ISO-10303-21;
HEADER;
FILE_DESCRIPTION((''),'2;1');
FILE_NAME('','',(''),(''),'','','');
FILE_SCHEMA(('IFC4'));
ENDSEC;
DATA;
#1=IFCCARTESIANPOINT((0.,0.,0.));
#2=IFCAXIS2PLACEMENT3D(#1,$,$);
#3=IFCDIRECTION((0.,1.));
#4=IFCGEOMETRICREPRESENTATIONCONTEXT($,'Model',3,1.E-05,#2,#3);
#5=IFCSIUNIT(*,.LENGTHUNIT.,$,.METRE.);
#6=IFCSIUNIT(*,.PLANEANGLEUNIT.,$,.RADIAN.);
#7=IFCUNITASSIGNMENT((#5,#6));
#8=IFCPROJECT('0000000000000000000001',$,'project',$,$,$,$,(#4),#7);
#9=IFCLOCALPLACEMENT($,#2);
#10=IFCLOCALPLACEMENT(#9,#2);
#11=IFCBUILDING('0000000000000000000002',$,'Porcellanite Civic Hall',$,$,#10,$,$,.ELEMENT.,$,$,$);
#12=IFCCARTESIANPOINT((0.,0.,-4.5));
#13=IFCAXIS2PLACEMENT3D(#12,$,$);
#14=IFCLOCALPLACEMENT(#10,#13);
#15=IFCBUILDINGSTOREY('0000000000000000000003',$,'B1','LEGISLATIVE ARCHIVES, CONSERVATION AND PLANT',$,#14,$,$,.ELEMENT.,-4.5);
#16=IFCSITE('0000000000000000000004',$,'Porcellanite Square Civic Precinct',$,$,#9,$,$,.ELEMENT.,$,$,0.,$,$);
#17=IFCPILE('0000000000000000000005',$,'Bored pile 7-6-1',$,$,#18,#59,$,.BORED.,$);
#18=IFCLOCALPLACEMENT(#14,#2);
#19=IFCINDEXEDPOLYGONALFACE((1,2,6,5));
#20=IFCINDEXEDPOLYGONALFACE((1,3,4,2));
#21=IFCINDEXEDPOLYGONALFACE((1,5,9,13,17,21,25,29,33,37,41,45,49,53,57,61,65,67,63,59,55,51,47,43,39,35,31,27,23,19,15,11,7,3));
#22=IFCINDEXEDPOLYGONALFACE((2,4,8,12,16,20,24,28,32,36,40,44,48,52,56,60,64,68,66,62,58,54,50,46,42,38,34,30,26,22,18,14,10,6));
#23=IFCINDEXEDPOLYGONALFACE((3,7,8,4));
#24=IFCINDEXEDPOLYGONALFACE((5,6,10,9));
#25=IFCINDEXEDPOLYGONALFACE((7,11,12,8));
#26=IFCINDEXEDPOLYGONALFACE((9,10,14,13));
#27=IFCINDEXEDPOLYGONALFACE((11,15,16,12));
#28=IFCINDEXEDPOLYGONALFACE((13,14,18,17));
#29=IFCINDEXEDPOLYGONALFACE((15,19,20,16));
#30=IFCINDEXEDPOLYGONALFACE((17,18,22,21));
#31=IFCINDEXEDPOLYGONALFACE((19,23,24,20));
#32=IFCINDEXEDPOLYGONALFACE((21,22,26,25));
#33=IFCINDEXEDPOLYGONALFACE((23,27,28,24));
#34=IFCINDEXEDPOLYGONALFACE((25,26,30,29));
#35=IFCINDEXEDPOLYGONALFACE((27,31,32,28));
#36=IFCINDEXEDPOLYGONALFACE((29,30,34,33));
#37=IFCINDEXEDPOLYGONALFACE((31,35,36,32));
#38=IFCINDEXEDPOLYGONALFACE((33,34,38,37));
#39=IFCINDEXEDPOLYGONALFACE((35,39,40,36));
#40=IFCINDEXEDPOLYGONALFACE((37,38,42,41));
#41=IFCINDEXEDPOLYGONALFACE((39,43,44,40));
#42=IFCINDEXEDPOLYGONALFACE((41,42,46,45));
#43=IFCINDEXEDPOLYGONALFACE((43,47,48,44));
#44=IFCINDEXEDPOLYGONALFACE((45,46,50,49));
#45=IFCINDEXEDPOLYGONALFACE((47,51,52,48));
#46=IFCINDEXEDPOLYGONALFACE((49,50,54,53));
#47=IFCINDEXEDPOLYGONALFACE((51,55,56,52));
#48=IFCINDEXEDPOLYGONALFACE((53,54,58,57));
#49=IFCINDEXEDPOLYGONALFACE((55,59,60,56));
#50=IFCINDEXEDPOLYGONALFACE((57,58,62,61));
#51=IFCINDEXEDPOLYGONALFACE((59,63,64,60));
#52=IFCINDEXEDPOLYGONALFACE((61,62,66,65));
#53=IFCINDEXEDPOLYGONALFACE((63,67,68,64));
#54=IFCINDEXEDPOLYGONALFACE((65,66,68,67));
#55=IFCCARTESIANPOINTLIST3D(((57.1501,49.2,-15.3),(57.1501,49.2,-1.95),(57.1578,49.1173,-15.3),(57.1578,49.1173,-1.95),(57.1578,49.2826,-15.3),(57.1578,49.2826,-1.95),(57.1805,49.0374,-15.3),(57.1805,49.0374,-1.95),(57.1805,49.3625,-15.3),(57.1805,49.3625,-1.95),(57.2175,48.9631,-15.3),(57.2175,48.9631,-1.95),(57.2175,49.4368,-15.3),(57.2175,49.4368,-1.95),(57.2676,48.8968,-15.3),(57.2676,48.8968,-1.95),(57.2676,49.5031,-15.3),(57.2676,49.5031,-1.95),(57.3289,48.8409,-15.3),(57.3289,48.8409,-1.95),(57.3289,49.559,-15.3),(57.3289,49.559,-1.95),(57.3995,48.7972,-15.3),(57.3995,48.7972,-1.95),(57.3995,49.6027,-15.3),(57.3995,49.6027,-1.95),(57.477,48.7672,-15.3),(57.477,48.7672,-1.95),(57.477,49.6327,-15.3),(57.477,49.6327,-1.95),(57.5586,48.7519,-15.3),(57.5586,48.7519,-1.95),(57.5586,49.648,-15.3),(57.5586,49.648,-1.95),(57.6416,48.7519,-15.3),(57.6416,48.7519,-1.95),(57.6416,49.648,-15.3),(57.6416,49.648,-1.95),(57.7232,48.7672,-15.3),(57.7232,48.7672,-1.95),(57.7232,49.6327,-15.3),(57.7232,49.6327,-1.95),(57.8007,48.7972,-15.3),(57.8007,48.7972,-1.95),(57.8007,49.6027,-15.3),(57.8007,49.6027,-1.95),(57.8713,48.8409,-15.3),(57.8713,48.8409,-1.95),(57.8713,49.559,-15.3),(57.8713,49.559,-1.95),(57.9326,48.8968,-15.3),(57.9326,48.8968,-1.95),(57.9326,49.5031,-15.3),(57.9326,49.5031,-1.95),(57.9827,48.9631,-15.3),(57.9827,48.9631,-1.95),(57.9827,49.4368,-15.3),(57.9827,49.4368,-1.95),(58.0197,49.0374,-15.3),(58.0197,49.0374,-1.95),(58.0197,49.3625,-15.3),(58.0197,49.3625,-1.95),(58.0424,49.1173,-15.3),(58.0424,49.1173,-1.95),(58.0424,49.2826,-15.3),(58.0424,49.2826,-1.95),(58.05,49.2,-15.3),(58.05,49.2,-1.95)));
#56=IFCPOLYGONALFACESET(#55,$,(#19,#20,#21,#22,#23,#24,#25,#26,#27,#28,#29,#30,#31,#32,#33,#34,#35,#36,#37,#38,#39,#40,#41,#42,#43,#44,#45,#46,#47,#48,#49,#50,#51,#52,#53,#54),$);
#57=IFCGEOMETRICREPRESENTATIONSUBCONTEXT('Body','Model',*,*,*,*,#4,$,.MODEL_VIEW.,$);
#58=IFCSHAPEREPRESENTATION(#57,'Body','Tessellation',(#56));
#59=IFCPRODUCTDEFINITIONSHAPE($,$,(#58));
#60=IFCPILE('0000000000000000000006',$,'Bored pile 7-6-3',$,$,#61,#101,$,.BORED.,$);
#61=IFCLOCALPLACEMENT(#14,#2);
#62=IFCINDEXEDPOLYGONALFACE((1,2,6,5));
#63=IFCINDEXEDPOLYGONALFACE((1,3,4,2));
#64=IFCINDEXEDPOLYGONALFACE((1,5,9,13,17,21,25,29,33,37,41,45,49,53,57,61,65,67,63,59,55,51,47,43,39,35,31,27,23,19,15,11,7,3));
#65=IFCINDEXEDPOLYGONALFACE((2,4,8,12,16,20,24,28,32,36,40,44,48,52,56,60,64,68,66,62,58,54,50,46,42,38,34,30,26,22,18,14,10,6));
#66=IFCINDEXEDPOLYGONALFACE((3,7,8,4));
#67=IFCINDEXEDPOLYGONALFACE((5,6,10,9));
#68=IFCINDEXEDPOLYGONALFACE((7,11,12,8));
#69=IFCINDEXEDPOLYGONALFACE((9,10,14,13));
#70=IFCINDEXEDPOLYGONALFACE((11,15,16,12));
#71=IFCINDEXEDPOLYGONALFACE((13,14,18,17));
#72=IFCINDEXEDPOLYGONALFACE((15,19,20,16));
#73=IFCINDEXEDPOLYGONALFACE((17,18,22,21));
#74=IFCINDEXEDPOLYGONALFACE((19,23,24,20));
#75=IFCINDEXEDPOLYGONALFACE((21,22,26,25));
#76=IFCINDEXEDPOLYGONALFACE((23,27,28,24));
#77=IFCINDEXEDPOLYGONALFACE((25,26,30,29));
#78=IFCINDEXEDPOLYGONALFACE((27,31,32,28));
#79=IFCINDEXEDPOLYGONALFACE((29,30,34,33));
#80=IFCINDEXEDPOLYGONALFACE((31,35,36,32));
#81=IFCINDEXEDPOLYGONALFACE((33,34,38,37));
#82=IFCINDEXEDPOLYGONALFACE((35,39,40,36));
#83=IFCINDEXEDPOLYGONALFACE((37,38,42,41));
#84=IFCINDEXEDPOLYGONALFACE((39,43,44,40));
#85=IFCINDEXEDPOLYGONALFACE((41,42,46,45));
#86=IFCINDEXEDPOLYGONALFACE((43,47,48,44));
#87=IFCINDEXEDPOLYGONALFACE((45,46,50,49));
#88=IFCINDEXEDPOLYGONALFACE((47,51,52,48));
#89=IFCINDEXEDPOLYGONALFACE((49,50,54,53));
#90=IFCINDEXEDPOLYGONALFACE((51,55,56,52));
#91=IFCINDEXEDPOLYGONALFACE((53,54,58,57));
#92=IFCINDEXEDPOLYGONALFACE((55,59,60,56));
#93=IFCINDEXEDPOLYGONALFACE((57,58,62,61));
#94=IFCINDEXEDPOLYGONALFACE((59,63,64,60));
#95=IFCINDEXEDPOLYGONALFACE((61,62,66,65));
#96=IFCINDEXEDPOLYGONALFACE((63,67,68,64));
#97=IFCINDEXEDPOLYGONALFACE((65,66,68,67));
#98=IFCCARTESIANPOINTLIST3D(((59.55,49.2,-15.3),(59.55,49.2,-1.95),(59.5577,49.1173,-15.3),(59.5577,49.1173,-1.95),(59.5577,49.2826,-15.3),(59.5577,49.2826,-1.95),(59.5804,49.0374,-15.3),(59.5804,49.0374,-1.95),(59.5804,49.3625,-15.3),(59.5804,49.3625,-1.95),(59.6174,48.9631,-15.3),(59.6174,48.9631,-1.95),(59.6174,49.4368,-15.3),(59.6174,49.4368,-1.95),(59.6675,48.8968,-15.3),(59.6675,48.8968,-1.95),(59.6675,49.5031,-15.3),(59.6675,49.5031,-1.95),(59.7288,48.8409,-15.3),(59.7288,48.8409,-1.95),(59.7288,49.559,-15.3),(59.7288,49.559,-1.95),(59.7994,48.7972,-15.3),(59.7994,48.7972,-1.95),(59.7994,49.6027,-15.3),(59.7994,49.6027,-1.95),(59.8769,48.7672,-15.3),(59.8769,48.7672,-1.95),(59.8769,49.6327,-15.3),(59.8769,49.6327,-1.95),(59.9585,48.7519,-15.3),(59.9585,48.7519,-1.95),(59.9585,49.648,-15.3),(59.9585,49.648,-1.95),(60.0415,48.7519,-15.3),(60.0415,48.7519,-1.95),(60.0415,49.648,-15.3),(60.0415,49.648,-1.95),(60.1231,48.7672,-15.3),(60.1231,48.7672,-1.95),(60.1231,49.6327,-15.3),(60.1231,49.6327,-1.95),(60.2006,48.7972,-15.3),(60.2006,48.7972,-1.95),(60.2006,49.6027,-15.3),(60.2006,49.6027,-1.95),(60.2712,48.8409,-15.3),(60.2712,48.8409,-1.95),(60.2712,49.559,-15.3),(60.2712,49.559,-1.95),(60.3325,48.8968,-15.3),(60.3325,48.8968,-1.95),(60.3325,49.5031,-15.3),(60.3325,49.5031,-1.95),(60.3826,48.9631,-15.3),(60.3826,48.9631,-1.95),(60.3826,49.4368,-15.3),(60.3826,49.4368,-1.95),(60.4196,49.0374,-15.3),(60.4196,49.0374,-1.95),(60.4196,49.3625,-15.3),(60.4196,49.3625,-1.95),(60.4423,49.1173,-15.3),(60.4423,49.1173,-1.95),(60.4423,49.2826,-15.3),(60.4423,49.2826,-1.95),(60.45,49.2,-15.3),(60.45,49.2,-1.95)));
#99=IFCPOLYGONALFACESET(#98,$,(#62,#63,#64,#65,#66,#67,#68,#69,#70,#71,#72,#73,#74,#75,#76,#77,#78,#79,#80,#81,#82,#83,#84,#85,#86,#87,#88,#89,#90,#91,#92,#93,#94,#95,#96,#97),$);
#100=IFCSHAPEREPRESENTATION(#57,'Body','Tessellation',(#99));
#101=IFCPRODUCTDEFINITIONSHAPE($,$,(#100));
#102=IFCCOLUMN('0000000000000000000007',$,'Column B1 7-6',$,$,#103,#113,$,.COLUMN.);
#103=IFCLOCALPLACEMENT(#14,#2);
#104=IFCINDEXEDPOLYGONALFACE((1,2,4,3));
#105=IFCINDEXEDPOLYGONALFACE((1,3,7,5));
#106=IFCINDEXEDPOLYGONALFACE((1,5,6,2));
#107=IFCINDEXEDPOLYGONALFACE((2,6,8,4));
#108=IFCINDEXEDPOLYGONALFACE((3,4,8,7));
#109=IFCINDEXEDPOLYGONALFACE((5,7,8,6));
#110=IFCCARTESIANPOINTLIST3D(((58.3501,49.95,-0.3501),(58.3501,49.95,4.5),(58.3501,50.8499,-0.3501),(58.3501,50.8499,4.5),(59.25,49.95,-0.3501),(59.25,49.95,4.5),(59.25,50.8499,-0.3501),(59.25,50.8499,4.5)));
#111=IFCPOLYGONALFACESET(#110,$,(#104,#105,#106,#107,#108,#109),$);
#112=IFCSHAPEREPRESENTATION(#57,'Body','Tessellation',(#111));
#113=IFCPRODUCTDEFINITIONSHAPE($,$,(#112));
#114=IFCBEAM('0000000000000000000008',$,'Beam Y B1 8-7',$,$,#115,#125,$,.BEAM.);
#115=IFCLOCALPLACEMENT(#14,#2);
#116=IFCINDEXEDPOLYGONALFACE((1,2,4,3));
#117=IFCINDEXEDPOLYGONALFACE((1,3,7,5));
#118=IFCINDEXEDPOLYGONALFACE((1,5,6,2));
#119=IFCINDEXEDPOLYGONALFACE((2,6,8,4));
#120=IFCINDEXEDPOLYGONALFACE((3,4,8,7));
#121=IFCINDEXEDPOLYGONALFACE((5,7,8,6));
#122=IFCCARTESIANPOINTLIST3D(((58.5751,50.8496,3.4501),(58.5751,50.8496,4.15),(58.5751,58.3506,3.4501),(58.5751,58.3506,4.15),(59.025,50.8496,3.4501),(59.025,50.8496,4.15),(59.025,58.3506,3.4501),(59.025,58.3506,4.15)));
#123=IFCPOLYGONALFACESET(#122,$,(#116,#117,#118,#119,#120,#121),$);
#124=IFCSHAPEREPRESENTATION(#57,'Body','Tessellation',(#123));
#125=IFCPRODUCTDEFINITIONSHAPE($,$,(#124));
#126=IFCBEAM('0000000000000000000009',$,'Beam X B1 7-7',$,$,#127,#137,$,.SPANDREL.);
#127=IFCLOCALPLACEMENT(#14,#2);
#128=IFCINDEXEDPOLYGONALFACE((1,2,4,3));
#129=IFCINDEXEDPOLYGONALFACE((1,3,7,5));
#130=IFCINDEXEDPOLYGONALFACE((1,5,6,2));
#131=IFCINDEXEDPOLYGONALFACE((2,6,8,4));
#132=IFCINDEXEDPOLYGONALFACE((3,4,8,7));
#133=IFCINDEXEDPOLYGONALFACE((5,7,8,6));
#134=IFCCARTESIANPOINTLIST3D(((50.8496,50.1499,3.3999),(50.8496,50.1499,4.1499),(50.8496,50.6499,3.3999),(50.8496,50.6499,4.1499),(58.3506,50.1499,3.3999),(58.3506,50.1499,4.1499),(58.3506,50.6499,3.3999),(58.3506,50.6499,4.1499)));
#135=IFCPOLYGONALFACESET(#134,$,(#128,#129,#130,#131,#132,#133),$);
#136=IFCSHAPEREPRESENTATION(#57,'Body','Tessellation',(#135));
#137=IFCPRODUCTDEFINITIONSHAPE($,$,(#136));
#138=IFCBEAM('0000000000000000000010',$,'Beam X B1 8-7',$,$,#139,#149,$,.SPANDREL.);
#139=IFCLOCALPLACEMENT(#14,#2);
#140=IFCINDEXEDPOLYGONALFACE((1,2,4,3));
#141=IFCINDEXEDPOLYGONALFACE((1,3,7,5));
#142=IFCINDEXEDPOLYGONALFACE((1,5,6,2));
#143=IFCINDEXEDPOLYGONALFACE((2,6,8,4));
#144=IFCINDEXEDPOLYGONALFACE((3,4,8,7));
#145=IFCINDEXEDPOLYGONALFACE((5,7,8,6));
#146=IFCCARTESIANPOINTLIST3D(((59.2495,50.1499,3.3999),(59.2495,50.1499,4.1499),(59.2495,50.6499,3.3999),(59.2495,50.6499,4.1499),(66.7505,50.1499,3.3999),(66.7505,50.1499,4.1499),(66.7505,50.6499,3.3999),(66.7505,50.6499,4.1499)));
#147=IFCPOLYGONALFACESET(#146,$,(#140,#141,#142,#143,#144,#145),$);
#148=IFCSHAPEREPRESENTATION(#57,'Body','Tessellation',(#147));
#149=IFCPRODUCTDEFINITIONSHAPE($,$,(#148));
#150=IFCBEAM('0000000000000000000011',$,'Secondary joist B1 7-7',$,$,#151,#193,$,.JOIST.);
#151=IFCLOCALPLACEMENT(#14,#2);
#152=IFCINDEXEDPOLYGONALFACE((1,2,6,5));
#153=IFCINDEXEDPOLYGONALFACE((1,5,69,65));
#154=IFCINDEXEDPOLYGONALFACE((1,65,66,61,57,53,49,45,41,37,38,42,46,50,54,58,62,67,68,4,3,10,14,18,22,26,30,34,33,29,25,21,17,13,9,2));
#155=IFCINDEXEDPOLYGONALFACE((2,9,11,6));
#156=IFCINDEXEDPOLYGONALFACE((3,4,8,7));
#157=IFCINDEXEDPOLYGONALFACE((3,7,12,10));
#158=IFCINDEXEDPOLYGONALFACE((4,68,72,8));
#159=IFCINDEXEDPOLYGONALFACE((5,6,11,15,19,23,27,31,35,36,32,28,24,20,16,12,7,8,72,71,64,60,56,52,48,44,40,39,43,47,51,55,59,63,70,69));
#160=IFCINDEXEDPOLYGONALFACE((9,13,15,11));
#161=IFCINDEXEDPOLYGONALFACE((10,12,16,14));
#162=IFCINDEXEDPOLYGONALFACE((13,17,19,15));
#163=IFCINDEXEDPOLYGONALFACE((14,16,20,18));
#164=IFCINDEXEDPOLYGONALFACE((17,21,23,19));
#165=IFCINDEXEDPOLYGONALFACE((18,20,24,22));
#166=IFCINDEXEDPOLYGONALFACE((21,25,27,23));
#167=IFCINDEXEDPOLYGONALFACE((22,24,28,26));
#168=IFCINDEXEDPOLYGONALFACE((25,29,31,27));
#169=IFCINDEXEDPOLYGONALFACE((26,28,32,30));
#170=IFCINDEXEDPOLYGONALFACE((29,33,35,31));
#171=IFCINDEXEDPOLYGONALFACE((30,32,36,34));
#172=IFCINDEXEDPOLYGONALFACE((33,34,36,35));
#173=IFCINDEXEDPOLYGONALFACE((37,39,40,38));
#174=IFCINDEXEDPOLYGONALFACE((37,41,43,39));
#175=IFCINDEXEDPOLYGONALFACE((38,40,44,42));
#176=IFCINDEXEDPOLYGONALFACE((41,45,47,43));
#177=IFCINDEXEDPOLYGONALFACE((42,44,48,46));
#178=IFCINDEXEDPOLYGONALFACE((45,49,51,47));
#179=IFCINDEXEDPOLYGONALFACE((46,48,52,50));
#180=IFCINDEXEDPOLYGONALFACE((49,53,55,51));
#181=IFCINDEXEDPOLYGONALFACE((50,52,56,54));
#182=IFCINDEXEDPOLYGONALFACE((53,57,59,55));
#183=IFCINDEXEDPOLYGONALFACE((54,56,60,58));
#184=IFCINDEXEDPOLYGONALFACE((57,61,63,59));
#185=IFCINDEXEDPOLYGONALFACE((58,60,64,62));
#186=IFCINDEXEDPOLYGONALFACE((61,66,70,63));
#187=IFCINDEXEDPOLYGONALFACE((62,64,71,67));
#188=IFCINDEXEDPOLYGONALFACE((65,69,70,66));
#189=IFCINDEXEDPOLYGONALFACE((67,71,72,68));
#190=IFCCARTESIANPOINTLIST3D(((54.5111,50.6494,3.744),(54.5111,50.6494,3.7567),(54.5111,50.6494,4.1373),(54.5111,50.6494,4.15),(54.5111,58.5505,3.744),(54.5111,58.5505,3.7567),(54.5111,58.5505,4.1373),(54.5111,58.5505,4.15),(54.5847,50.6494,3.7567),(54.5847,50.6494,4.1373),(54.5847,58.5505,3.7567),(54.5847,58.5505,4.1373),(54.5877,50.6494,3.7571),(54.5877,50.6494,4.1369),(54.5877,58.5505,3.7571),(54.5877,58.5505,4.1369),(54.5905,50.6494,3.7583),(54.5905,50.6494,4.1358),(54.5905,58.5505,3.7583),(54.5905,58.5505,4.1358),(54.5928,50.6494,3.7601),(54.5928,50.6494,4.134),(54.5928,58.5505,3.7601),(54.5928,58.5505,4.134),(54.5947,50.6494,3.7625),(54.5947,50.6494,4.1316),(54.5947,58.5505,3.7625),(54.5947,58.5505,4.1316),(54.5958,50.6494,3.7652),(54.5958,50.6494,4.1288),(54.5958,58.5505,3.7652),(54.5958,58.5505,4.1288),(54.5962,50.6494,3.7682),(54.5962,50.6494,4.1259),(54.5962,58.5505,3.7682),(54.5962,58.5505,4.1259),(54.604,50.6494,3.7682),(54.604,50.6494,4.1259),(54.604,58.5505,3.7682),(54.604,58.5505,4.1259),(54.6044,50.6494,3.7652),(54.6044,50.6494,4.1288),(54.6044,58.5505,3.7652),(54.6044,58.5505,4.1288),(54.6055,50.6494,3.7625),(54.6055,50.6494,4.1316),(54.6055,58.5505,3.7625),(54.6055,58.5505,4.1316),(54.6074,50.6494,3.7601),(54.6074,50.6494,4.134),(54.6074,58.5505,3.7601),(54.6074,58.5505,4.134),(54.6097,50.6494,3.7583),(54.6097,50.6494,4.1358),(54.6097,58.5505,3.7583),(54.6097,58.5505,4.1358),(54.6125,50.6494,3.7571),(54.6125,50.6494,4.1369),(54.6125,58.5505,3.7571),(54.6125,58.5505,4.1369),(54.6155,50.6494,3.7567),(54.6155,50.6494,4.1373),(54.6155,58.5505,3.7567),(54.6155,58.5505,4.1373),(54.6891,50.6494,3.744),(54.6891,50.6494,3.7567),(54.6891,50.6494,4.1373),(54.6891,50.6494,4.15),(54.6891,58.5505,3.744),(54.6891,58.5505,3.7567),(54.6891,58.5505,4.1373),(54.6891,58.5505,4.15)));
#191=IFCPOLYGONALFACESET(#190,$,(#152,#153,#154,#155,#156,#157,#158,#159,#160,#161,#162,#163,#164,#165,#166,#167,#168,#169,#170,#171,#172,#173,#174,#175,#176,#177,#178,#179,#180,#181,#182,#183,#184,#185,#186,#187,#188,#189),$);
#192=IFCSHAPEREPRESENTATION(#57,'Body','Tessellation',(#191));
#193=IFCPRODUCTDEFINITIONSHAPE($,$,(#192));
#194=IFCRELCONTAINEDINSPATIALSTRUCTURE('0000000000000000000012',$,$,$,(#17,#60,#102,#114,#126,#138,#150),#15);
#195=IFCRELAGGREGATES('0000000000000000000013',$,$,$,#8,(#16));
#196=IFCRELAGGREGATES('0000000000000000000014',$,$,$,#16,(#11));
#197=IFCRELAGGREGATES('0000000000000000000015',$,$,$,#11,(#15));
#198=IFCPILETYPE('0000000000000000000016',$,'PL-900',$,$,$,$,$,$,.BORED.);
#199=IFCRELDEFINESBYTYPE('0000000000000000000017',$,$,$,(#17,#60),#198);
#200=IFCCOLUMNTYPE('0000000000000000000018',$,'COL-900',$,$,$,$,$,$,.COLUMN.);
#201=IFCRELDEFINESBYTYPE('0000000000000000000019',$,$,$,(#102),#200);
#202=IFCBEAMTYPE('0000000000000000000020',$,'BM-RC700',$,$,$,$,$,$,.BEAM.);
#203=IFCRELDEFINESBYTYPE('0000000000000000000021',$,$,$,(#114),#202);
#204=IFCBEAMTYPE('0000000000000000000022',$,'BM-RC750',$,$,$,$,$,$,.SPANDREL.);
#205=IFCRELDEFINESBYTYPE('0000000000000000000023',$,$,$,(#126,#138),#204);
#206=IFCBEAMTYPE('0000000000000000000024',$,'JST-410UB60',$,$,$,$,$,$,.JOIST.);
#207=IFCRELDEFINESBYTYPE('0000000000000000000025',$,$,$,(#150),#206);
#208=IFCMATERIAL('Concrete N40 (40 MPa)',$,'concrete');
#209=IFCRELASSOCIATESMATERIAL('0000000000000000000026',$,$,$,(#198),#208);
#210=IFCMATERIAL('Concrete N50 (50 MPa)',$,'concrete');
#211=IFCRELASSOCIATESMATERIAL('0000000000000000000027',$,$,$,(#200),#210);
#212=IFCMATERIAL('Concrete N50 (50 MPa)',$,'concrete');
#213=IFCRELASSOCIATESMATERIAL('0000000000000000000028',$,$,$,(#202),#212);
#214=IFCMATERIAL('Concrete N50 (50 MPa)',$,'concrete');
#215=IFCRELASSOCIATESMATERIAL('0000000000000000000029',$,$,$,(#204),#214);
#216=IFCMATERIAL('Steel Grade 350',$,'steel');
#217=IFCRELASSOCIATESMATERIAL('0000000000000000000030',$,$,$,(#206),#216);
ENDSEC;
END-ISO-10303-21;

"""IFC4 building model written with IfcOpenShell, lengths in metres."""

from ifc_helpers import new_model, si_unit, direction, frame, origin, origin_2d, place, context, subcontext, project, spatial, rectangle, circle, i_section, extrude, material, material_profile, profile_set, type_object, element, save


model = new_model("IFC4")

# Units and contexts
model_context = context("Model", 3, precision=1e-05, world=origin(), true_north=direction((0.0, 1.0)))
body_context = subcontext(model_context, "Body", "Model", "MODEL_VIEW")
ifc_project = project(units=[si_unit("LENGTHUNIT", "METRE"), si_unit("PLANEANGLEUNIT", "RADIAN")], contexts=[model_context])

# Site, building, storey
site_placement = place(None, origin())
site = spatial("IfcSite", under=ifc_project, at=site_placement, Name="Porcellanite Square Civic Precinct", CompositionType="ELEMENT", RefElevation=0.0)
building_placement = place(site_placement, origin())
building = spatial("IfcBuilding", under=site, at=building_placement, Name="Porcellanite Civic Hall", CompositionType="ELEMENT")
storey_placement = place(building_placement, frame((0.0, 0.0, -4.5)))
storey = spatial("IfcBuildingStorey", under=building, at=storey_placement, Name="B1", Description="LEGISLATIVE ARCHIVES, CONSERVATION AND PLANT", CompositionType="ELEMENT", Elevation=-4.5)

# Piles
ifc_material_1 = material(Name="Concrete N40 (40 MPa)", Category="concrete")
ifc_material_profile_1 = material_profile(ifc_material_1, circle(Radius=0.45, at=origin_2d()), Name="PILE-D900")
ifc_profile_set_1 = profile_set([ifc_material_profile_1], Name="Concrete N40 (40 MPa)")
pile_type_1 = type_object("IfcPileType", Name="PL-900", PredefinedType="BORED", material=ifc_profile_set_1)
for number, where, z_axis, x_axis, name in (
    (1, (57.6001, 49.2, -1.95), (0.0, 0.0, -1.0), (1.0, 0.0, 0.0), "Bored pile 7-6-1"),
    (2, (60.0, 49.2, -1.95), (0.0, 0.0, -1.0), (1.0, 0.0, 0.0), "Bored pile 7-6-3"),
):
    element("IfcPile", number, at=place(storey_placement, frame(where, z_axis=z_axis, x_axis=x_axis)), inside=storey, type_object=pile_type_1, Name=name, PredefinedType="BORED", context=body_context, shape_type="SweptSolid", body=[
        extrude(circle(Radius=0.45, at=origin_2d()), origin(), (0.0, 0.0, 1.0), 13.3501),
    ])

# Column
ifc_material_2 = material(Name="Concrete N50 (50 MPa)", Category="concrete")
ifc_material_profile_2 = material_profile(ifc_material_2, rectangle(XDim=0.8999, YDim=0.8999, at=origin_2d()), Name="RC-900x900")
ifc_profile_set_2 = profile_set([ifc_material_profile_2], Name="Concrete N50 (50 MPa)")
column_type = type_object("IfcColumnType", Name="COL-900", PredefinedType="COLUMN", material=ifc_profile_set_2)
column_placement = place(storey_placement, frame((58.8, 50.3999, -0.3501), z_axis=(0.0, 0.0, 1.0), x_axis=(1.0, 0.0, 0.0)))
element("IfcColumn", 3, at=column_placement, inside=storey, type_object=column_type, Name="Column B1 7-6", PredefinedType="COLUMN", context=body_context, shape_type="SweptSolid", body=[
    extrude(rectangle(XDim=0.8999, YDim=0.8999, at=origin_2d()), origin(), (0.0, 0.0, 1.0), 4.8501),
])

# Beams
ifc_material_3 = material(Name="Concrete N50 (50 MPa)", Category="concrete")
ifc_material_profile_3 = material_profile(ifc_material_3, rectangle(XDim=0.45, YDim=0.7, at=origin_2d()), Name="RC-450x700")
ifc_profile_set_3 = profile_set([ifc_material_profile_3], Name="Concrete N50 (50 MPa)")
beam_type_1 = type_object("IfcBeamType", Name="BM-RC700", PredefinedType="BEAM", material=ifc_profile_set_3)
beam_1_placement = place(storey_placement, frame((58.8, 50.8496, 3.8), z_axis=(0.0, 1.0, 0.0), x_axis=(-1.0, 0.0, 0.0)))
element("IfcBeam", 4, at=beam_1_placement, inside=storey, type_object=beam_type_1, Name="Beam Y B1 8-7", PredefinedType="BEAM", context=body_context, shape_type="SweptSolid", body=[
    extrude(rectangle(XDim=0.45, YDim=0.7, at=origin_2d()), origin(), (0.0, 0.0, 1.0), 7.501),
])
ifc_material_4 = material(Name="Concrete N50 (50 MPa)", Category="concrete")
ifc_material_profile_4 = material_profile(ifc_material_4, rectangle(XDim=0.5, YDim=0.75, at=origin_2d()), Name="RC-500x750")
ifc_profile_set_4 = profile_set([ifc_material_profile_4], Name="Concrete N50 (50 MPa)")
beam_type_2 = type_object("IfcBeamType", Name="BM-RC750", PredefinedType="SPANDREL", material=ifc_profile_set_4)
for number, where, z_axis, x_axis, name in (
    (5, (50.8496, 50.3999, 3.7749), (1.0, 0.0, 0.0), (0.0, 1.0, 0.0), "Beam X B1 7-7"),
    (6, (59.2495, 50.3999, 3.7749), (1.0, 0.0, 0.0), (0.0, 1.0, 0.0), "Beam X B1 8-7"),
):
    element("IfcBeam", number, at=place(storey_placement, frame(where, z_axis=z_axis, x_axis=x_axis)), inside=storey, type_object=beam_type_2, Name=name, PredefinedType="SPANDREL", context=body_context, shape_type="SweptSolid", body=[
        extrude(rectangle(XDim=0.5, YDim=0.75, at=origin_2d()), origin(), (0.0, 0.0, 1.0), 7.501),
    ])
ifc_material_5 = material(Name="Steel Grade 350", Category="steel")
ifc_material_profile_5 = material_profile(ifc_material_5, i_section(OverallWidth=0.178, OverallDepth=0.406, WebThickness=0.0078, FlangeThickness=0.0127, FilletRadius=0.0115, at=origin_2d()), Name="410UB59.7")
ifc_profile_set_5 = profile_set([ifc_material_profile_5], Name="Steel Grade 350")
beam_type_3 = type_object("IfcBeamType", Name="JST-410UB60", PredefinedType="JOIST", material=ifc_profile_set_5)
beam_2_placement = place(storey_placement, frame((54.6001, 50.6494, 3.947), z_axis=(0.0, 1.0, 0.0), x_axis=(-1.0, 0.0, 0.0)))
element("IfcBeam", 7, at=beam_2_placement, inside=storey, type_object=beam_type_3, Name="Secondary joist B1 7-7", PredefinedType="JOIST", context=body_context, shape_type="SweptSolid", body=[
    extrude(i_section(OverallWidth=0.178, OverallDepth=0.406, WebThickness=0.0078, FlangeThickness=0.0127, FilletRadius=0.0115, at=origin_2d()), origin(), (0.0, 0.0, 1.0), 7.9011),
])

save(model, "model.ifc")
